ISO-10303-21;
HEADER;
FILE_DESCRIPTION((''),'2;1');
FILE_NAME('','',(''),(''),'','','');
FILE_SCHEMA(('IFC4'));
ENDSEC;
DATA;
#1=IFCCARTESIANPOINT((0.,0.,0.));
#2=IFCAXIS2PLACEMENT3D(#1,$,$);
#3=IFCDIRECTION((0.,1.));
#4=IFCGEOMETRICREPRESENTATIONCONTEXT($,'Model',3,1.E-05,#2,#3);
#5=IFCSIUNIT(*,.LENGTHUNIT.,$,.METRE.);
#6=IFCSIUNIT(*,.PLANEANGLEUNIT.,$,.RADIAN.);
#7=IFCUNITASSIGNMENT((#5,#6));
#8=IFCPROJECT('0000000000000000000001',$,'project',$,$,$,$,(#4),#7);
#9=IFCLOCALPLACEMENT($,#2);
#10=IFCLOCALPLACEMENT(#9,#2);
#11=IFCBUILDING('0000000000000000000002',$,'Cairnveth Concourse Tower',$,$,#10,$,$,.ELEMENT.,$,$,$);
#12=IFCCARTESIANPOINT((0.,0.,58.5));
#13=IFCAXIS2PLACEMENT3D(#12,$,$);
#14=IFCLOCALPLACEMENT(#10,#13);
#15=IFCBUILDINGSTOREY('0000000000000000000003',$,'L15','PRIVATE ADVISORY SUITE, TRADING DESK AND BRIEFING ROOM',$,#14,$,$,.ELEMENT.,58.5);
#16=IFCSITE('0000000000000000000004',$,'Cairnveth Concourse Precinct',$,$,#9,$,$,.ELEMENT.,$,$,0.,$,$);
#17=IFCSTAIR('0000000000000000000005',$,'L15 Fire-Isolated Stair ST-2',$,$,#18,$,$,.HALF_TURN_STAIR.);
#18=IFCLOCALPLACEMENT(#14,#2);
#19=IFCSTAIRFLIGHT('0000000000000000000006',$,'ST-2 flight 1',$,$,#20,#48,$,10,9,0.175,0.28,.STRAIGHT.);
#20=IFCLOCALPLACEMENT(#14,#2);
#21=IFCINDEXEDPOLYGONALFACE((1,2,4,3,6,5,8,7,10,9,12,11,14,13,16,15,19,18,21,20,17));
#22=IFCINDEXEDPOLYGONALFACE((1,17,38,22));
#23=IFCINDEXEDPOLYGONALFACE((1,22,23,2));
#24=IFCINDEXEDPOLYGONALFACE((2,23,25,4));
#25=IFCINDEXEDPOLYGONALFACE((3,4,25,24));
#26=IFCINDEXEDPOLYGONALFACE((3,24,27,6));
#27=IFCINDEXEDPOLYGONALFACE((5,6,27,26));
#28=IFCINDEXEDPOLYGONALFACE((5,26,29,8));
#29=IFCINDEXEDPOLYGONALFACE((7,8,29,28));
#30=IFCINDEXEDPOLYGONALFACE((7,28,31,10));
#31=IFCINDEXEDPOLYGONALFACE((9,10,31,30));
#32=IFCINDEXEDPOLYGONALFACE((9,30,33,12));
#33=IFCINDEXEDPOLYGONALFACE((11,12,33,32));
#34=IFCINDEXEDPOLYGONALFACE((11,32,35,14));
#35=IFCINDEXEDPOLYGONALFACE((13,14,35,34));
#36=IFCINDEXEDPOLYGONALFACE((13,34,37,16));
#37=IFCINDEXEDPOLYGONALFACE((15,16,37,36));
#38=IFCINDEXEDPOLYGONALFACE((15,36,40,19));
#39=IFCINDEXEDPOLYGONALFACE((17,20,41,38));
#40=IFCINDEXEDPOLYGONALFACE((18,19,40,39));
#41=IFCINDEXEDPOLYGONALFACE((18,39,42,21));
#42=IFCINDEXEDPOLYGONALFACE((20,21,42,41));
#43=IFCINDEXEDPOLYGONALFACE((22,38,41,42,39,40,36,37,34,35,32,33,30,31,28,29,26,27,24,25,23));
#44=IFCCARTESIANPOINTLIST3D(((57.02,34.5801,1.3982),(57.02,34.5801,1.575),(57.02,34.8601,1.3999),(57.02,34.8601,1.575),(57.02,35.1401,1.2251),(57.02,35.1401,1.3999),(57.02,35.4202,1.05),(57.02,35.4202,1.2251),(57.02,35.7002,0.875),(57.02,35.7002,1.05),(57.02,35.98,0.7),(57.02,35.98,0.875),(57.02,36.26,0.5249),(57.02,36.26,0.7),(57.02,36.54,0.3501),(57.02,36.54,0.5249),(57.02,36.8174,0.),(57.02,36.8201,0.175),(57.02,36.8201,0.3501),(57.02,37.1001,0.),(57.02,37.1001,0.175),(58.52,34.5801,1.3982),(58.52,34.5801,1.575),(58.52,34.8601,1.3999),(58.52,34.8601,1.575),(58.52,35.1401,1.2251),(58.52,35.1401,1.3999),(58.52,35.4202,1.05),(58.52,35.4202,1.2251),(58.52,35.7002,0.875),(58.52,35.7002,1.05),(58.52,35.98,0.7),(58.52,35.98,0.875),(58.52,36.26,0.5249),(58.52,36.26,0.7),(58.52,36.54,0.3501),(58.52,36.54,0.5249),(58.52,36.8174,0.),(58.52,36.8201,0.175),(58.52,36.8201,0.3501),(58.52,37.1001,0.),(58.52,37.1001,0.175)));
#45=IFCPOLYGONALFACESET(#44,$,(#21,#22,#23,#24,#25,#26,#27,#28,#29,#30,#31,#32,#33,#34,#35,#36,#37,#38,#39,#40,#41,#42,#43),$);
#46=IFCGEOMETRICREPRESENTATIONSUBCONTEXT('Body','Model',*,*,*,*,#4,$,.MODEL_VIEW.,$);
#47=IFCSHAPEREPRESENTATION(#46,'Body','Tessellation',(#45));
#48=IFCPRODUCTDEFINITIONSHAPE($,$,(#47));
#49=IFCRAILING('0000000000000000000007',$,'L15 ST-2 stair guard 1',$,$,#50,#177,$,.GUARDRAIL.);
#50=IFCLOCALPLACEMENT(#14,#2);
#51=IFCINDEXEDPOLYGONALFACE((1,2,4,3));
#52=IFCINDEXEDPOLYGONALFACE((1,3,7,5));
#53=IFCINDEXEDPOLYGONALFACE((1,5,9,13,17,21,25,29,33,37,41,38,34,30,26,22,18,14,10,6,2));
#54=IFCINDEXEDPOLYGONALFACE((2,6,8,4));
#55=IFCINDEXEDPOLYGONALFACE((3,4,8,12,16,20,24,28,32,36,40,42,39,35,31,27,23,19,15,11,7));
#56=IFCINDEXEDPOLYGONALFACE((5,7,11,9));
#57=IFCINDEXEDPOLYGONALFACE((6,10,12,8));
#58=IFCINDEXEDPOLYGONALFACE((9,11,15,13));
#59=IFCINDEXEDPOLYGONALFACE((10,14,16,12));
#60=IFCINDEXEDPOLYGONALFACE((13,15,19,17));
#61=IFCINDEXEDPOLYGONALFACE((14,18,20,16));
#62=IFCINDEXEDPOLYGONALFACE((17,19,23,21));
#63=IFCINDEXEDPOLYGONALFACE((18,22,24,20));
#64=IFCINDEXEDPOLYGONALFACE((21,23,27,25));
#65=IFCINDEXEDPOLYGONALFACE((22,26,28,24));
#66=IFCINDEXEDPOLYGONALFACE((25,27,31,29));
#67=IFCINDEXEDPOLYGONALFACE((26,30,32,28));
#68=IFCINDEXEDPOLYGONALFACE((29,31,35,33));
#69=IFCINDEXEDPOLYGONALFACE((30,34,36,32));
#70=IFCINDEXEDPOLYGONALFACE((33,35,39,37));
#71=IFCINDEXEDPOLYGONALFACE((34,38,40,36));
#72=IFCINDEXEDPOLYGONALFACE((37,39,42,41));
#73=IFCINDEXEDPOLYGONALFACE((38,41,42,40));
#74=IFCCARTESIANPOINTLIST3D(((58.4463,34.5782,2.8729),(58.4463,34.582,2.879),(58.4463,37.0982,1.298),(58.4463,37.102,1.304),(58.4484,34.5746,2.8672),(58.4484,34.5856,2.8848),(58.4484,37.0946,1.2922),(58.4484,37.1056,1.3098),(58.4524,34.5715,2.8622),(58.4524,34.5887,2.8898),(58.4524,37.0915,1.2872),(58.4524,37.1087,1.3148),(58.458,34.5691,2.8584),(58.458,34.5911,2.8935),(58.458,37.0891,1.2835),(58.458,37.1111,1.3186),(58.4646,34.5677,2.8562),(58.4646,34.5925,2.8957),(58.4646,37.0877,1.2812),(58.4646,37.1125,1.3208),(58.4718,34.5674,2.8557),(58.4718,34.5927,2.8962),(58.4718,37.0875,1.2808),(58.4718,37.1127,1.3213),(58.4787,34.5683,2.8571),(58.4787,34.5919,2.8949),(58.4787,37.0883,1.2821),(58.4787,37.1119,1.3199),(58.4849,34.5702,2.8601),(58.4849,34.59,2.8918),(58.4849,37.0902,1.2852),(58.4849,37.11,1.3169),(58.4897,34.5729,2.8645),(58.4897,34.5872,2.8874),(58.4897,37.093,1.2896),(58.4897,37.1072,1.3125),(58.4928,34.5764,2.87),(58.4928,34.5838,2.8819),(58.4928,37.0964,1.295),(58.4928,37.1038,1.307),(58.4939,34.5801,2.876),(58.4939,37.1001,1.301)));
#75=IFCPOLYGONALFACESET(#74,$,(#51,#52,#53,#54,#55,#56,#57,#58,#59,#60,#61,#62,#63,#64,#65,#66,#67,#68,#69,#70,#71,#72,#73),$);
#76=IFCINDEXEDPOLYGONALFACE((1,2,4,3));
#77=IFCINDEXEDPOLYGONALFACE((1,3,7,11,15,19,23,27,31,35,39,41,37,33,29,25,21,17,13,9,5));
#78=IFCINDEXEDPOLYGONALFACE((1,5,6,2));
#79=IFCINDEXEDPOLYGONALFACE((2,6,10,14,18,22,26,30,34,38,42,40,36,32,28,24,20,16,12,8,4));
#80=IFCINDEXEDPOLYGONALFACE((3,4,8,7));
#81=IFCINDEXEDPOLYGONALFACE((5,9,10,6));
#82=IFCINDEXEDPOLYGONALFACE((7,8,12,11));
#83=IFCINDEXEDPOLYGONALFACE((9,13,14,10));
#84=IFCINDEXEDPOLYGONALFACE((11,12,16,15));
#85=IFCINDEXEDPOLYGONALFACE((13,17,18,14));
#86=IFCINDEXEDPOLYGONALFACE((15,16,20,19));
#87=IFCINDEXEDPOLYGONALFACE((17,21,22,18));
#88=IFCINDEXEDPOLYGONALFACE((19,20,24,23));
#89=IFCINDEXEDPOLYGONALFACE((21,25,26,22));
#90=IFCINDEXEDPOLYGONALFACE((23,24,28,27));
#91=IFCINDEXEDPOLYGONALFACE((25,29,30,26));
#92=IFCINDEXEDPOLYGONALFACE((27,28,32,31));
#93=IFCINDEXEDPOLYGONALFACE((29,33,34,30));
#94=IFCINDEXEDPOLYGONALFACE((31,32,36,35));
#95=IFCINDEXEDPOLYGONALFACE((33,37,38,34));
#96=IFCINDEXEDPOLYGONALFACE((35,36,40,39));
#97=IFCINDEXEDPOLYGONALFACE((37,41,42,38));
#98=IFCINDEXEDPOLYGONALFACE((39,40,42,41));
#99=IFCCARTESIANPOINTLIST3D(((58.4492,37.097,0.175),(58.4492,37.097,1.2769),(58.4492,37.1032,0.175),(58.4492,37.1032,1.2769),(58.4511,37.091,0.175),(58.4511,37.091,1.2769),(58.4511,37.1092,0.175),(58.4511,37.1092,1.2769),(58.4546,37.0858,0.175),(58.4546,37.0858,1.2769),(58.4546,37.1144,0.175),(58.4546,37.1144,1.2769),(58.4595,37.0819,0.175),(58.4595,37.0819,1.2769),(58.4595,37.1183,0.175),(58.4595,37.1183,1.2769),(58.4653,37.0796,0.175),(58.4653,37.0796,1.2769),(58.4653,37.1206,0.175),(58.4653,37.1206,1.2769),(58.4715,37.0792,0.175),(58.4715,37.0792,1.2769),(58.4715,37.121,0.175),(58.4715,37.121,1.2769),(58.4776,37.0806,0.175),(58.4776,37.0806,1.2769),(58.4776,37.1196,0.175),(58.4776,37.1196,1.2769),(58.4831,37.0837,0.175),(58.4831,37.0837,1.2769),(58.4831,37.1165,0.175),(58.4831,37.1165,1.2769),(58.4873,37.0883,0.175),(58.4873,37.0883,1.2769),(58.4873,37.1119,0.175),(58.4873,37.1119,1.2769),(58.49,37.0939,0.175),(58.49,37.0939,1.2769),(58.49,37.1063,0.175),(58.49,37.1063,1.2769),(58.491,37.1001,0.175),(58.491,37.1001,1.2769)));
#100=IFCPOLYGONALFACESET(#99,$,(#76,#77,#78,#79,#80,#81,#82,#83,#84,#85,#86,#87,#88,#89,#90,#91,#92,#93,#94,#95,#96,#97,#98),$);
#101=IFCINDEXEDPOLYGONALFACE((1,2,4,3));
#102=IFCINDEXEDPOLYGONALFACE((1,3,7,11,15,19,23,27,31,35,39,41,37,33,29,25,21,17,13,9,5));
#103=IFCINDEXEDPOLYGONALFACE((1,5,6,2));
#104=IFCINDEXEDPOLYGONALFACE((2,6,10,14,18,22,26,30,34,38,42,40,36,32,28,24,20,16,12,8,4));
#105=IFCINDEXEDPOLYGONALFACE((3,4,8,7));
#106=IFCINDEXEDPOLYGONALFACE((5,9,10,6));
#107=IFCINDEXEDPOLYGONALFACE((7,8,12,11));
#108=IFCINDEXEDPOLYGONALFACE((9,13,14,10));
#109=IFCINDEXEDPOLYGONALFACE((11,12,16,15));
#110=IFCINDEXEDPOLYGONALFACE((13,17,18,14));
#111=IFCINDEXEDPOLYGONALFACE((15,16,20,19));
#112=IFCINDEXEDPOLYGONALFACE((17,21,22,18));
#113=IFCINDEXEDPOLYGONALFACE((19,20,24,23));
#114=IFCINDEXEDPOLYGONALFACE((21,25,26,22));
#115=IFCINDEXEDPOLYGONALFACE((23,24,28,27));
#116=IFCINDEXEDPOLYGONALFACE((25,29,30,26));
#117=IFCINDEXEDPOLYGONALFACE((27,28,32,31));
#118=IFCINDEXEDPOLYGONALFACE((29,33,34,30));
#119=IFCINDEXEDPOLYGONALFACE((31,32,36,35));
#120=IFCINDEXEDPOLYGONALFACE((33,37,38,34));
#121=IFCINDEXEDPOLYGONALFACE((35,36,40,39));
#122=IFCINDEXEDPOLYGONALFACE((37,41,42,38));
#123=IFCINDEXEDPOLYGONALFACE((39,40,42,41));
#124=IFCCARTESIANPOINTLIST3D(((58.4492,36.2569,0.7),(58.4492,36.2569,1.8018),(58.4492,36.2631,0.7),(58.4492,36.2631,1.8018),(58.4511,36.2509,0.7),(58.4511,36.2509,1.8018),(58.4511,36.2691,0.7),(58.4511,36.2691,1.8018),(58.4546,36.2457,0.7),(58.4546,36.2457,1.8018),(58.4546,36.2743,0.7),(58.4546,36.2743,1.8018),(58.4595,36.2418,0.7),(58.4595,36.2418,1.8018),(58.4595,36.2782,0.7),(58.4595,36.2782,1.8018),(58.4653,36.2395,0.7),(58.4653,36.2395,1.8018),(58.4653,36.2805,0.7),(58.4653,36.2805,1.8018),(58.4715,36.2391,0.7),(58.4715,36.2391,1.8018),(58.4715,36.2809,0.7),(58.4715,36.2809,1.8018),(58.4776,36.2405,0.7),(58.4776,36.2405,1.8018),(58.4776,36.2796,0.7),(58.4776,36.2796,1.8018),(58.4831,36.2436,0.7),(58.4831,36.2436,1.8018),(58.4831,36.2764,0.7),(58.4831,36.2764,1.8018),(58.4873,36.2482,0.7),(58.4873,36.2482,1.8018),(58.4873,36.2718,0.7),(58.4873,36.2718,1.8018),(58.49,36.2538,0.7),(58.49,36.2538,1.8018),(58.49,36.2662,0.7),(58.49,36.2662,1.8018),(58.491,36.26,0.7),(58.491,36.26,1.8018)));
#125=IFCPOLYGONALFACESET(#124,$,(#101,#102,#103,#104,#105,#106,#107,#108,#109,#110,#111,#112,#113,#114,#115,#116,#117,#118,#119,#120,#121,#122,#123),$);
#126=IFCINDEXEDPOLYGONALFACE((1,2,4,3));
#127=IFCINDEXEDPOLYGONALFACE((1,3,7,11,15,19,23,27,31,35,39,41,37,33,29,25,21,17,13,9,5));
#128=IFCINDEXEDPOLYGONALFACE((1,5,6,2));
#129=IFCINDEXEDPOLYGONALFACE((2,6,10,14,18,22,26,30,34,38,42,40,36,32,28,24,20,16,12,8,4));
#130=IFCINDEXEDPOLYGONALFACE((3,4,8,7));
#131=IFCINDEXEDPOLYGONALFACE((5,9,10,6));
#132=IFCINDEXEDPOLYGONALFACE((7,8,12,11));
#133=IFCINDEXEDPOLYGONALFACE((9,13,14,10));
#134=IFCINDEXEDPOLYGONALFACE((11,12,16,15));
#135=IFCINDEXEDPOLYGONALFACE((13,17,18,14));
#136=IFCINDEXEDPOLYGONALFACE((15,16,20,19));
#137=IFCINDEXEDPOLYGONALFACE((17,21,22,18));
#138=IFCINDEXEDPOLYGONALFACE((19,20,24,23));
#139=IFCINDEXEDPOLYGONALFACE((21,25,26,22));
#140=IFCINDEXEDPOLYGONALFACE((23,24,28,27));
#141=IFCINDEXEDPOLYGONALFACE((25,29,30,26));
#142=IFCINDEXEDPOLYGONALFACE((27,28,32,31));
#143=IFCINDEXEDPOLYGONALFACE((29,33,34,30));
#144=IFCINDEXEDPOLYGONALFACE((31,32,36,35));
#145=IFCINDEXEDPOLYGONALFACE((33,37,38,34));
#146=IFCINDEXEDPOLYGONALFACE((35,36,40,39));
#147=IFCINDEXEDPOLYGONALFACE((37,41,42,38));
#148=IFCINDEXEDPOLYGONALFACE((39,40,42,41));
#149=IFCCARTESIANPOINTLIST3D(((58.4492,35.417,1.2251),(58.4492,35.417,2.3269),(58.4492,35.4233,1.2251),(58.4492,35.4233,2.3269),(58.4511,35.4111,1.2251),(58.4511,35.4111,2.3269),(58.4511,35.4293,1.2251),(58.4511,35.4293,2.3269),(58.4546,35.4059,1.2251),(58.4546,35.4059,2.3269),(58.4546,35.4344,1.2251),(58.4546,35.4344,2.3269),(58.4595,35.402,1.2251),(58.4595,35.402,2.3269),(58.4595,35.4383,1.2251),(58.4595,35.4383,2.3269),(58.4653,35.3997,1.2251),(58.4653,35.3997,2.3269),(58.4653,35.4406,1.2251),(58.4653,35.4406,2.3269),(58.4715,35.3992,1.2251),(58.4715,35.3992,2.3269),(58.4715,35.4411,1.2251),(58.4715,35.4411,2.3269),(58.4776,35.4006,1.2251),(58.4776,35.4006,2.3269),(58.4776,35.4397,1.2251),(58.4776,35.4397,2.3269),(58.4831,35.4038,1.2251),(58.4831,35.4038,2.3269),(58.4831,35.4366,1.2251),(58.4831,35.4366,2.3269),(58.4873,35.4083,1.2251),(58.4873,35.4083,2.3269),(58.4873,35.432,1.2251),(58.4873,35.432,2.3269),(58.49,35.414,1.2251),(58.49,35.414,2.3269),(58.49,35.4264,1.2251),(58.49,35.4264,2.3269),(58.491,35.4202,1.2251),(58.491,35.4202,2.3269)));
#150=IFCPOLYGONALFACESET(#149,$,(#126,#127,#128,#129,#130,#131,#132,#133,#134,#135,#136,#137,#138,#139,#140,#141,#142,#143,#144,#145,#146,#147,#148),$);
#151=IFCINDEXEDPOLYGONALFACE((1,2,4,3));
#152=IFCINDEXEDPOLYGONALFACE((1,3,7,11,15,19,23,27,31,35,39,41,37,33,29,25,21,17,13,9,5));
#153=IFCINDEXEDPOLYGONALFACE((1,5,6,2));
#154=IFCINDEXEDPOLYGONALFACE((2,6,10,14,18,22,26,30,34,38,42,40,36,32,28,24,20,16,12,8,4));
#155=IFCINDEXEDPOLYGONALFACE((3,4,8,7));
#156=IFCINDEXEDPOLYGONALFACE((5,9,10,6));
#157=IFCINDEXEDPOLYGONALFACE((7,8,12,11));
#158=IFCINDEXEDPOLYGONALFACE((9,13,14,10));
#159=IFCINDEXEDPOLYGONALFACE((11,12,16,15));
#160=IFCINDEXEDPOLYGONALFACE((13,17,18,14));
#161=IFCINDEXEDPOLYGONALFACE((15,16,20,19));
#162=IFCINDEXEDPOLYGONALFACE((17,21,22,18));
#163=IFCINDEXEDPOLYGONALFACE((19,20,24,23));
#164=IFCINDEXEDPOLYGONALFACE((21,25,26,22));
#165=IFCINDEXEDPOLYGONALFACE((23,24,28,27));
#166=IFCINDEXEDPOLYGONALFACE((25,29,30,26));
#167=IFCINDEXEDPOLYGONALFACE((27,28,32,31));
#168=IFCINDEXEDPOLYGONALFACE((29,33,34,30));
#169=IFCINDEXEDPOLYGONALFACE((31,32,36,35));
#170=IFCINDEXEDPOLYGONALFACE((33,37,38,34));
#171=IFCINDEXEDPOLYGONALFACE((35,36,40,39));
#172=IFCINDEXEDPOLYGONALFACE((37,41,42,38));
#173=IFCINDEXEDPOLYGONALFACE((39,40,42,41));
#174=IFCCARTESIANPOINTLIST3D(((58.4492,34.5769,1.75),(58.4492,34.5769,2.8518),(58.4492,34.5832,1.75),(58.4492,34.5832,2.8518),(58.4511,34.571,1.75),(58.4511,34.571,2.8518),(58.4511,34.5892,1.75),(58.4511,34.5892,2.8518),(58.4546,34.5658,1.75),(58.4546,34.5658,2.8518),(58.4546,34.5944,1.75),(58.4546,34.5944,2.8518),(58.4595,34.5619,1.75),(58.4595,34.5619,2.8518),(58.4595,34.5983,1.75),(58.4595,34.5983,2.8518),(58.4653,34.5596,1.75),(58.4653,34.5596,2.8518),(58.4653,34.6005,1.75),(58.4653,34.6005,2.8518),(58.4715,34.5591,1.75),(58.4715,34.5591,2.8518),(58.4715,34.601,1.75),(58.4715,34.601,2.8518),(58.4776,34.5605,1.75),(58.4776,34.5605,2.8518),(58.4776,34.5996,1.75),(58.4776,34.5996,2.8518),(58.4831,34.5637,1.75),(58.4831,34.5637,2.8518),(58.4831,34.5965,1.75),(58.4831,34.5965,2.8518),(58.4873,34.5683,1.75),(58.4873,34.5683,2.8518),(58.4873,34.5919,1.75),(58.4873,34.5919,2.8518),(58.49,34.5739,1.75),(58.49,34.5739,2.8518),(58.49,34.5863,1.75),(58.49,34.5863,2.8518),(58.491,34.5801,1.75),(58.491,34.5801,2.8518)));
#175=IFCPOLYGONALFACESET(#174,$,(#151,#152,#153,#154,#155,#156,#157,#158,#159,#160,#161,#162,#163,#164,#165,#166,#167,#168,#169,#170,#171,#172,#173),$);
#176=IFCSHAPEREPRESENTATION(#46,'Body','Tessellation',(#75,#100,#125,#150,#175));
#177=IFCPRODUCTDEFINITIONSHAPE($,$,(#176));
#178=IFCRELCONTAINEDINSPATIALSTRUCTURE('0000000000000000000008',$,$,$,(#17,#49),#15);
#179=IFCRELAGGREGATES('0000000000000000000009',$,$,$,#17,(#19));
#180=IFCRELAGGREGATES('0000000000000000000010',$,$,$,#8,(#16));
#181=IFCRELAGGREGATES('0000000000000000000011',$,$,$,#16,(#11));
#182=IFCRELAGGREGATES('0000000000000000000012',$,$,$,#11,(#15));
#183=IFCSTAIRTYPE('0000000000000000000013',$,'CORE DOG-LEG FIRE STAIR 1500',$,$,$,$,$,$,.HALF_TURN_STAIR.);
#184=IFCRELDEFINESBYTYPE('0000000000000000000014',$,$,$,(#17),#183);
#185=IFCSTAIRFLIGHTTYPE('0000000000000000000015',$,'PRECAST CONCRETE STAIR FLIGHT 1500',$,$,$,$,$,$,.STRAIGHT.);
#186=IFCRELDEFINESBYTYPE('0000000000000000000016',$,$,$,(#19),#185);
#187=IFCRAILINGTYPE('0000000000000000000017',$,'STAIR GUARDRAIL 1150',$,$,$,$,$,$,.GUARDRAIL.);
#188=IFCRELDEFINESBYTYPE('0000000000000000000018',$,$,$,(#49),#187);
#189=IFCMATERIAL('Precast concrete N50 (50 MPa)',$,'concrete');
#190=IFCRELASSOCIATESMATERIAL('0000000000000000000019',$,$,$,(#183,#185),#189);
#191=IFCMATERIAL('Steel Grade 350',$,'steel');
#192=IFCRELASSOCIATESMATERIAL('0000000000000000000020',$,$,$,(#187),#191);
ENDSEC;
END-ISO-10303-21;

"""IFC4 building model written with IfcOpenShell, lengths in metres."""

from ifc_helpers import new_model, si_unit, direction, frame, origin, origin_2d, place, context, subcontext, project, spatial, polyline, circle, outline, extrude, material, type_object, element, aggregate, save


model = new_model("IFC4")

# Units and contexts
model_context = context("Model", 3, precision=1e-05, world=origin(), true_north=direction((0.0, 1.0)))
body_context = subcontext(model_context, "Body", "Model", "MODEL_VIEW")
ifc_project = project(units=[si_unit("LENGTHUNIT", "METRE"), si_unit("PLANEANGLEUNIT", "RADIAN")], contexts=[model_context])

# Site, building, storey
site_placement = place(None, origin())
site = spatial("IfcSite", under=ifc_project, at=site_placement, Name="Cairnveth Concourse Precinct", CompositionType="ELEMENT", RefElevation=0.0)
building_placement = place(site_placement, origin())
building = spatial("IfcBuilding", under=site, at=building_placement, Name="Cairnveth Concourse Tower", CompositionType="ELEMENT")
storey_placement = place(building_placement, frame((0.0, 0.0, 58.5)))
storey = spatial("IfcBuildingStorey", under=building, at=storey_placement, Name="L15", Description="PRIVATE ADVISORY SUITE, TRADING DESK AND BRIEFING ROOM", CompositionType="ELEMENT", Elevation=58.5)

# Shared definitions
ifc_material_1 = material(Name="Steel Grade 350", Category="steel")

# Stair, stair flight
ifc_material_2 = material(Name="Precast concrete N50 (50 MPa)", Category="concrete")
stair_type = type_object("IfcStairType", Name="CORE DOG-LEG FIRE STAIR 1500", PredefinedType="HALF_TURN_STAIR", material=ifc_material_2)
stair_placement = place(storey_placement, origin())
stair = element("IfcStair", 1, at=stair_placement, inside=storey, type_object=stair_type, Name="L15 Fire-Isolated Stair ST-2", PredefinedType="HALF_TURN_STAIR")
stair_flight_type = type_object("IfcStairFlightType", Name="PRECAST CONCRETE STAIR FLIGHT 1500", PredefinedType="STRAIGHT", material=ifc_material_2)
stair_flight_placement = place(storey_placement, frame((57.77, 37.1001, 0.0), z_axis=(0.0, 0.0, 1.0), x_axis=(0.0, -1.0, 0.0)))
stair_flight = element("IfcStairFlight", 2, at=stair_flight_placement, type_object=stair_flight_type, Name="ST-2 flight 1", NumberOfRisers=10, NumberOfTreads=9, PredefinedType="STRAIGHT", RiserHeight=0.175, TreadLength=0.28, context=body_context, shape_type="SweptSolid", body=[
    extrude(outline(polyline([(0.0, 0.0), (0.0, 0.175), (0.28, 0.175), (0.28, 0.3501), (0.5601, 0.3501), (0.5601, 0.5249), (0.8401, 0.5249), (0.8401, 0.7), (1.1201, 0.7), (1.1201, 0.875), (1.3999, 0.875), (1.3999, 1.05), (1.6799, 1.05), (1.6799, 1.2251), (1.96, 1.2251), (1.96, 1.3999), (2.24, 1.3999), (2.24, 1.575), (2.52, 1.575), (2.52, 1.75), (2.52, 1.3982), (0.2827, 0.0), (0.0, 0.0)])), frame((0.0, 0.75, 0.0), z_axis=(0.0, -1.0, 0.0), x_axis=(1.0, 0.0, 0.0)), (0.0, 0.0, 1.0), 1.5),
])
aggregate(stair, [stair_flight])

# Railing
railing_type_1 = type_object("IfcRailingType", Name="STAIR GUARDRAIL 1150", PredefinedType="GUARDRAIL", material=ifc_material_1)
railing_1_placement = place(storey_placement, frame((58.47, 37.1001, 0.175)))
element("IfcRailing", 3, at=railing_1_placement, inside=storey, type_object=railing_type_1, Name="L15 ST-2 stair guard 1", PredefinedType="GUARDRAIL", context=body_context, shape_type="SweptSolid", body=[
    extrude(circle(Radius=0.0239, at=origin_2d()), frame((0.0, 0.0, 1.126), z_axis=(0.0, -0.848008, 0.529984), x_axis=(1.0, 0.0, 0.0)), (0.0, 0.0, 1.0), 2.9717),
    extrude(circle(Radius=0.021, at=origin_2d()), origin(), (0.0, 0.0, 1.0), 1.1018),
    extrude(circle(Radius=0.021, at=origin_2d()), frame((0.0, -0.8401, 0.5249)), (0.0, 0.0, 1.0), 1.1018),
    extrude(circle(Radius=0.021, at=origin_2d()), frame((0.0, -1.6799, 1.05)), (0.0, 0.0, 1.0), 1.1018),
    extrude(circle(Radius=0.021, at=origin_2d()), frame((0.0, -2.52, 1.575)), (0.0, 0.0, 1.0), 1.1018),
])

save(model, "model.ifc")
